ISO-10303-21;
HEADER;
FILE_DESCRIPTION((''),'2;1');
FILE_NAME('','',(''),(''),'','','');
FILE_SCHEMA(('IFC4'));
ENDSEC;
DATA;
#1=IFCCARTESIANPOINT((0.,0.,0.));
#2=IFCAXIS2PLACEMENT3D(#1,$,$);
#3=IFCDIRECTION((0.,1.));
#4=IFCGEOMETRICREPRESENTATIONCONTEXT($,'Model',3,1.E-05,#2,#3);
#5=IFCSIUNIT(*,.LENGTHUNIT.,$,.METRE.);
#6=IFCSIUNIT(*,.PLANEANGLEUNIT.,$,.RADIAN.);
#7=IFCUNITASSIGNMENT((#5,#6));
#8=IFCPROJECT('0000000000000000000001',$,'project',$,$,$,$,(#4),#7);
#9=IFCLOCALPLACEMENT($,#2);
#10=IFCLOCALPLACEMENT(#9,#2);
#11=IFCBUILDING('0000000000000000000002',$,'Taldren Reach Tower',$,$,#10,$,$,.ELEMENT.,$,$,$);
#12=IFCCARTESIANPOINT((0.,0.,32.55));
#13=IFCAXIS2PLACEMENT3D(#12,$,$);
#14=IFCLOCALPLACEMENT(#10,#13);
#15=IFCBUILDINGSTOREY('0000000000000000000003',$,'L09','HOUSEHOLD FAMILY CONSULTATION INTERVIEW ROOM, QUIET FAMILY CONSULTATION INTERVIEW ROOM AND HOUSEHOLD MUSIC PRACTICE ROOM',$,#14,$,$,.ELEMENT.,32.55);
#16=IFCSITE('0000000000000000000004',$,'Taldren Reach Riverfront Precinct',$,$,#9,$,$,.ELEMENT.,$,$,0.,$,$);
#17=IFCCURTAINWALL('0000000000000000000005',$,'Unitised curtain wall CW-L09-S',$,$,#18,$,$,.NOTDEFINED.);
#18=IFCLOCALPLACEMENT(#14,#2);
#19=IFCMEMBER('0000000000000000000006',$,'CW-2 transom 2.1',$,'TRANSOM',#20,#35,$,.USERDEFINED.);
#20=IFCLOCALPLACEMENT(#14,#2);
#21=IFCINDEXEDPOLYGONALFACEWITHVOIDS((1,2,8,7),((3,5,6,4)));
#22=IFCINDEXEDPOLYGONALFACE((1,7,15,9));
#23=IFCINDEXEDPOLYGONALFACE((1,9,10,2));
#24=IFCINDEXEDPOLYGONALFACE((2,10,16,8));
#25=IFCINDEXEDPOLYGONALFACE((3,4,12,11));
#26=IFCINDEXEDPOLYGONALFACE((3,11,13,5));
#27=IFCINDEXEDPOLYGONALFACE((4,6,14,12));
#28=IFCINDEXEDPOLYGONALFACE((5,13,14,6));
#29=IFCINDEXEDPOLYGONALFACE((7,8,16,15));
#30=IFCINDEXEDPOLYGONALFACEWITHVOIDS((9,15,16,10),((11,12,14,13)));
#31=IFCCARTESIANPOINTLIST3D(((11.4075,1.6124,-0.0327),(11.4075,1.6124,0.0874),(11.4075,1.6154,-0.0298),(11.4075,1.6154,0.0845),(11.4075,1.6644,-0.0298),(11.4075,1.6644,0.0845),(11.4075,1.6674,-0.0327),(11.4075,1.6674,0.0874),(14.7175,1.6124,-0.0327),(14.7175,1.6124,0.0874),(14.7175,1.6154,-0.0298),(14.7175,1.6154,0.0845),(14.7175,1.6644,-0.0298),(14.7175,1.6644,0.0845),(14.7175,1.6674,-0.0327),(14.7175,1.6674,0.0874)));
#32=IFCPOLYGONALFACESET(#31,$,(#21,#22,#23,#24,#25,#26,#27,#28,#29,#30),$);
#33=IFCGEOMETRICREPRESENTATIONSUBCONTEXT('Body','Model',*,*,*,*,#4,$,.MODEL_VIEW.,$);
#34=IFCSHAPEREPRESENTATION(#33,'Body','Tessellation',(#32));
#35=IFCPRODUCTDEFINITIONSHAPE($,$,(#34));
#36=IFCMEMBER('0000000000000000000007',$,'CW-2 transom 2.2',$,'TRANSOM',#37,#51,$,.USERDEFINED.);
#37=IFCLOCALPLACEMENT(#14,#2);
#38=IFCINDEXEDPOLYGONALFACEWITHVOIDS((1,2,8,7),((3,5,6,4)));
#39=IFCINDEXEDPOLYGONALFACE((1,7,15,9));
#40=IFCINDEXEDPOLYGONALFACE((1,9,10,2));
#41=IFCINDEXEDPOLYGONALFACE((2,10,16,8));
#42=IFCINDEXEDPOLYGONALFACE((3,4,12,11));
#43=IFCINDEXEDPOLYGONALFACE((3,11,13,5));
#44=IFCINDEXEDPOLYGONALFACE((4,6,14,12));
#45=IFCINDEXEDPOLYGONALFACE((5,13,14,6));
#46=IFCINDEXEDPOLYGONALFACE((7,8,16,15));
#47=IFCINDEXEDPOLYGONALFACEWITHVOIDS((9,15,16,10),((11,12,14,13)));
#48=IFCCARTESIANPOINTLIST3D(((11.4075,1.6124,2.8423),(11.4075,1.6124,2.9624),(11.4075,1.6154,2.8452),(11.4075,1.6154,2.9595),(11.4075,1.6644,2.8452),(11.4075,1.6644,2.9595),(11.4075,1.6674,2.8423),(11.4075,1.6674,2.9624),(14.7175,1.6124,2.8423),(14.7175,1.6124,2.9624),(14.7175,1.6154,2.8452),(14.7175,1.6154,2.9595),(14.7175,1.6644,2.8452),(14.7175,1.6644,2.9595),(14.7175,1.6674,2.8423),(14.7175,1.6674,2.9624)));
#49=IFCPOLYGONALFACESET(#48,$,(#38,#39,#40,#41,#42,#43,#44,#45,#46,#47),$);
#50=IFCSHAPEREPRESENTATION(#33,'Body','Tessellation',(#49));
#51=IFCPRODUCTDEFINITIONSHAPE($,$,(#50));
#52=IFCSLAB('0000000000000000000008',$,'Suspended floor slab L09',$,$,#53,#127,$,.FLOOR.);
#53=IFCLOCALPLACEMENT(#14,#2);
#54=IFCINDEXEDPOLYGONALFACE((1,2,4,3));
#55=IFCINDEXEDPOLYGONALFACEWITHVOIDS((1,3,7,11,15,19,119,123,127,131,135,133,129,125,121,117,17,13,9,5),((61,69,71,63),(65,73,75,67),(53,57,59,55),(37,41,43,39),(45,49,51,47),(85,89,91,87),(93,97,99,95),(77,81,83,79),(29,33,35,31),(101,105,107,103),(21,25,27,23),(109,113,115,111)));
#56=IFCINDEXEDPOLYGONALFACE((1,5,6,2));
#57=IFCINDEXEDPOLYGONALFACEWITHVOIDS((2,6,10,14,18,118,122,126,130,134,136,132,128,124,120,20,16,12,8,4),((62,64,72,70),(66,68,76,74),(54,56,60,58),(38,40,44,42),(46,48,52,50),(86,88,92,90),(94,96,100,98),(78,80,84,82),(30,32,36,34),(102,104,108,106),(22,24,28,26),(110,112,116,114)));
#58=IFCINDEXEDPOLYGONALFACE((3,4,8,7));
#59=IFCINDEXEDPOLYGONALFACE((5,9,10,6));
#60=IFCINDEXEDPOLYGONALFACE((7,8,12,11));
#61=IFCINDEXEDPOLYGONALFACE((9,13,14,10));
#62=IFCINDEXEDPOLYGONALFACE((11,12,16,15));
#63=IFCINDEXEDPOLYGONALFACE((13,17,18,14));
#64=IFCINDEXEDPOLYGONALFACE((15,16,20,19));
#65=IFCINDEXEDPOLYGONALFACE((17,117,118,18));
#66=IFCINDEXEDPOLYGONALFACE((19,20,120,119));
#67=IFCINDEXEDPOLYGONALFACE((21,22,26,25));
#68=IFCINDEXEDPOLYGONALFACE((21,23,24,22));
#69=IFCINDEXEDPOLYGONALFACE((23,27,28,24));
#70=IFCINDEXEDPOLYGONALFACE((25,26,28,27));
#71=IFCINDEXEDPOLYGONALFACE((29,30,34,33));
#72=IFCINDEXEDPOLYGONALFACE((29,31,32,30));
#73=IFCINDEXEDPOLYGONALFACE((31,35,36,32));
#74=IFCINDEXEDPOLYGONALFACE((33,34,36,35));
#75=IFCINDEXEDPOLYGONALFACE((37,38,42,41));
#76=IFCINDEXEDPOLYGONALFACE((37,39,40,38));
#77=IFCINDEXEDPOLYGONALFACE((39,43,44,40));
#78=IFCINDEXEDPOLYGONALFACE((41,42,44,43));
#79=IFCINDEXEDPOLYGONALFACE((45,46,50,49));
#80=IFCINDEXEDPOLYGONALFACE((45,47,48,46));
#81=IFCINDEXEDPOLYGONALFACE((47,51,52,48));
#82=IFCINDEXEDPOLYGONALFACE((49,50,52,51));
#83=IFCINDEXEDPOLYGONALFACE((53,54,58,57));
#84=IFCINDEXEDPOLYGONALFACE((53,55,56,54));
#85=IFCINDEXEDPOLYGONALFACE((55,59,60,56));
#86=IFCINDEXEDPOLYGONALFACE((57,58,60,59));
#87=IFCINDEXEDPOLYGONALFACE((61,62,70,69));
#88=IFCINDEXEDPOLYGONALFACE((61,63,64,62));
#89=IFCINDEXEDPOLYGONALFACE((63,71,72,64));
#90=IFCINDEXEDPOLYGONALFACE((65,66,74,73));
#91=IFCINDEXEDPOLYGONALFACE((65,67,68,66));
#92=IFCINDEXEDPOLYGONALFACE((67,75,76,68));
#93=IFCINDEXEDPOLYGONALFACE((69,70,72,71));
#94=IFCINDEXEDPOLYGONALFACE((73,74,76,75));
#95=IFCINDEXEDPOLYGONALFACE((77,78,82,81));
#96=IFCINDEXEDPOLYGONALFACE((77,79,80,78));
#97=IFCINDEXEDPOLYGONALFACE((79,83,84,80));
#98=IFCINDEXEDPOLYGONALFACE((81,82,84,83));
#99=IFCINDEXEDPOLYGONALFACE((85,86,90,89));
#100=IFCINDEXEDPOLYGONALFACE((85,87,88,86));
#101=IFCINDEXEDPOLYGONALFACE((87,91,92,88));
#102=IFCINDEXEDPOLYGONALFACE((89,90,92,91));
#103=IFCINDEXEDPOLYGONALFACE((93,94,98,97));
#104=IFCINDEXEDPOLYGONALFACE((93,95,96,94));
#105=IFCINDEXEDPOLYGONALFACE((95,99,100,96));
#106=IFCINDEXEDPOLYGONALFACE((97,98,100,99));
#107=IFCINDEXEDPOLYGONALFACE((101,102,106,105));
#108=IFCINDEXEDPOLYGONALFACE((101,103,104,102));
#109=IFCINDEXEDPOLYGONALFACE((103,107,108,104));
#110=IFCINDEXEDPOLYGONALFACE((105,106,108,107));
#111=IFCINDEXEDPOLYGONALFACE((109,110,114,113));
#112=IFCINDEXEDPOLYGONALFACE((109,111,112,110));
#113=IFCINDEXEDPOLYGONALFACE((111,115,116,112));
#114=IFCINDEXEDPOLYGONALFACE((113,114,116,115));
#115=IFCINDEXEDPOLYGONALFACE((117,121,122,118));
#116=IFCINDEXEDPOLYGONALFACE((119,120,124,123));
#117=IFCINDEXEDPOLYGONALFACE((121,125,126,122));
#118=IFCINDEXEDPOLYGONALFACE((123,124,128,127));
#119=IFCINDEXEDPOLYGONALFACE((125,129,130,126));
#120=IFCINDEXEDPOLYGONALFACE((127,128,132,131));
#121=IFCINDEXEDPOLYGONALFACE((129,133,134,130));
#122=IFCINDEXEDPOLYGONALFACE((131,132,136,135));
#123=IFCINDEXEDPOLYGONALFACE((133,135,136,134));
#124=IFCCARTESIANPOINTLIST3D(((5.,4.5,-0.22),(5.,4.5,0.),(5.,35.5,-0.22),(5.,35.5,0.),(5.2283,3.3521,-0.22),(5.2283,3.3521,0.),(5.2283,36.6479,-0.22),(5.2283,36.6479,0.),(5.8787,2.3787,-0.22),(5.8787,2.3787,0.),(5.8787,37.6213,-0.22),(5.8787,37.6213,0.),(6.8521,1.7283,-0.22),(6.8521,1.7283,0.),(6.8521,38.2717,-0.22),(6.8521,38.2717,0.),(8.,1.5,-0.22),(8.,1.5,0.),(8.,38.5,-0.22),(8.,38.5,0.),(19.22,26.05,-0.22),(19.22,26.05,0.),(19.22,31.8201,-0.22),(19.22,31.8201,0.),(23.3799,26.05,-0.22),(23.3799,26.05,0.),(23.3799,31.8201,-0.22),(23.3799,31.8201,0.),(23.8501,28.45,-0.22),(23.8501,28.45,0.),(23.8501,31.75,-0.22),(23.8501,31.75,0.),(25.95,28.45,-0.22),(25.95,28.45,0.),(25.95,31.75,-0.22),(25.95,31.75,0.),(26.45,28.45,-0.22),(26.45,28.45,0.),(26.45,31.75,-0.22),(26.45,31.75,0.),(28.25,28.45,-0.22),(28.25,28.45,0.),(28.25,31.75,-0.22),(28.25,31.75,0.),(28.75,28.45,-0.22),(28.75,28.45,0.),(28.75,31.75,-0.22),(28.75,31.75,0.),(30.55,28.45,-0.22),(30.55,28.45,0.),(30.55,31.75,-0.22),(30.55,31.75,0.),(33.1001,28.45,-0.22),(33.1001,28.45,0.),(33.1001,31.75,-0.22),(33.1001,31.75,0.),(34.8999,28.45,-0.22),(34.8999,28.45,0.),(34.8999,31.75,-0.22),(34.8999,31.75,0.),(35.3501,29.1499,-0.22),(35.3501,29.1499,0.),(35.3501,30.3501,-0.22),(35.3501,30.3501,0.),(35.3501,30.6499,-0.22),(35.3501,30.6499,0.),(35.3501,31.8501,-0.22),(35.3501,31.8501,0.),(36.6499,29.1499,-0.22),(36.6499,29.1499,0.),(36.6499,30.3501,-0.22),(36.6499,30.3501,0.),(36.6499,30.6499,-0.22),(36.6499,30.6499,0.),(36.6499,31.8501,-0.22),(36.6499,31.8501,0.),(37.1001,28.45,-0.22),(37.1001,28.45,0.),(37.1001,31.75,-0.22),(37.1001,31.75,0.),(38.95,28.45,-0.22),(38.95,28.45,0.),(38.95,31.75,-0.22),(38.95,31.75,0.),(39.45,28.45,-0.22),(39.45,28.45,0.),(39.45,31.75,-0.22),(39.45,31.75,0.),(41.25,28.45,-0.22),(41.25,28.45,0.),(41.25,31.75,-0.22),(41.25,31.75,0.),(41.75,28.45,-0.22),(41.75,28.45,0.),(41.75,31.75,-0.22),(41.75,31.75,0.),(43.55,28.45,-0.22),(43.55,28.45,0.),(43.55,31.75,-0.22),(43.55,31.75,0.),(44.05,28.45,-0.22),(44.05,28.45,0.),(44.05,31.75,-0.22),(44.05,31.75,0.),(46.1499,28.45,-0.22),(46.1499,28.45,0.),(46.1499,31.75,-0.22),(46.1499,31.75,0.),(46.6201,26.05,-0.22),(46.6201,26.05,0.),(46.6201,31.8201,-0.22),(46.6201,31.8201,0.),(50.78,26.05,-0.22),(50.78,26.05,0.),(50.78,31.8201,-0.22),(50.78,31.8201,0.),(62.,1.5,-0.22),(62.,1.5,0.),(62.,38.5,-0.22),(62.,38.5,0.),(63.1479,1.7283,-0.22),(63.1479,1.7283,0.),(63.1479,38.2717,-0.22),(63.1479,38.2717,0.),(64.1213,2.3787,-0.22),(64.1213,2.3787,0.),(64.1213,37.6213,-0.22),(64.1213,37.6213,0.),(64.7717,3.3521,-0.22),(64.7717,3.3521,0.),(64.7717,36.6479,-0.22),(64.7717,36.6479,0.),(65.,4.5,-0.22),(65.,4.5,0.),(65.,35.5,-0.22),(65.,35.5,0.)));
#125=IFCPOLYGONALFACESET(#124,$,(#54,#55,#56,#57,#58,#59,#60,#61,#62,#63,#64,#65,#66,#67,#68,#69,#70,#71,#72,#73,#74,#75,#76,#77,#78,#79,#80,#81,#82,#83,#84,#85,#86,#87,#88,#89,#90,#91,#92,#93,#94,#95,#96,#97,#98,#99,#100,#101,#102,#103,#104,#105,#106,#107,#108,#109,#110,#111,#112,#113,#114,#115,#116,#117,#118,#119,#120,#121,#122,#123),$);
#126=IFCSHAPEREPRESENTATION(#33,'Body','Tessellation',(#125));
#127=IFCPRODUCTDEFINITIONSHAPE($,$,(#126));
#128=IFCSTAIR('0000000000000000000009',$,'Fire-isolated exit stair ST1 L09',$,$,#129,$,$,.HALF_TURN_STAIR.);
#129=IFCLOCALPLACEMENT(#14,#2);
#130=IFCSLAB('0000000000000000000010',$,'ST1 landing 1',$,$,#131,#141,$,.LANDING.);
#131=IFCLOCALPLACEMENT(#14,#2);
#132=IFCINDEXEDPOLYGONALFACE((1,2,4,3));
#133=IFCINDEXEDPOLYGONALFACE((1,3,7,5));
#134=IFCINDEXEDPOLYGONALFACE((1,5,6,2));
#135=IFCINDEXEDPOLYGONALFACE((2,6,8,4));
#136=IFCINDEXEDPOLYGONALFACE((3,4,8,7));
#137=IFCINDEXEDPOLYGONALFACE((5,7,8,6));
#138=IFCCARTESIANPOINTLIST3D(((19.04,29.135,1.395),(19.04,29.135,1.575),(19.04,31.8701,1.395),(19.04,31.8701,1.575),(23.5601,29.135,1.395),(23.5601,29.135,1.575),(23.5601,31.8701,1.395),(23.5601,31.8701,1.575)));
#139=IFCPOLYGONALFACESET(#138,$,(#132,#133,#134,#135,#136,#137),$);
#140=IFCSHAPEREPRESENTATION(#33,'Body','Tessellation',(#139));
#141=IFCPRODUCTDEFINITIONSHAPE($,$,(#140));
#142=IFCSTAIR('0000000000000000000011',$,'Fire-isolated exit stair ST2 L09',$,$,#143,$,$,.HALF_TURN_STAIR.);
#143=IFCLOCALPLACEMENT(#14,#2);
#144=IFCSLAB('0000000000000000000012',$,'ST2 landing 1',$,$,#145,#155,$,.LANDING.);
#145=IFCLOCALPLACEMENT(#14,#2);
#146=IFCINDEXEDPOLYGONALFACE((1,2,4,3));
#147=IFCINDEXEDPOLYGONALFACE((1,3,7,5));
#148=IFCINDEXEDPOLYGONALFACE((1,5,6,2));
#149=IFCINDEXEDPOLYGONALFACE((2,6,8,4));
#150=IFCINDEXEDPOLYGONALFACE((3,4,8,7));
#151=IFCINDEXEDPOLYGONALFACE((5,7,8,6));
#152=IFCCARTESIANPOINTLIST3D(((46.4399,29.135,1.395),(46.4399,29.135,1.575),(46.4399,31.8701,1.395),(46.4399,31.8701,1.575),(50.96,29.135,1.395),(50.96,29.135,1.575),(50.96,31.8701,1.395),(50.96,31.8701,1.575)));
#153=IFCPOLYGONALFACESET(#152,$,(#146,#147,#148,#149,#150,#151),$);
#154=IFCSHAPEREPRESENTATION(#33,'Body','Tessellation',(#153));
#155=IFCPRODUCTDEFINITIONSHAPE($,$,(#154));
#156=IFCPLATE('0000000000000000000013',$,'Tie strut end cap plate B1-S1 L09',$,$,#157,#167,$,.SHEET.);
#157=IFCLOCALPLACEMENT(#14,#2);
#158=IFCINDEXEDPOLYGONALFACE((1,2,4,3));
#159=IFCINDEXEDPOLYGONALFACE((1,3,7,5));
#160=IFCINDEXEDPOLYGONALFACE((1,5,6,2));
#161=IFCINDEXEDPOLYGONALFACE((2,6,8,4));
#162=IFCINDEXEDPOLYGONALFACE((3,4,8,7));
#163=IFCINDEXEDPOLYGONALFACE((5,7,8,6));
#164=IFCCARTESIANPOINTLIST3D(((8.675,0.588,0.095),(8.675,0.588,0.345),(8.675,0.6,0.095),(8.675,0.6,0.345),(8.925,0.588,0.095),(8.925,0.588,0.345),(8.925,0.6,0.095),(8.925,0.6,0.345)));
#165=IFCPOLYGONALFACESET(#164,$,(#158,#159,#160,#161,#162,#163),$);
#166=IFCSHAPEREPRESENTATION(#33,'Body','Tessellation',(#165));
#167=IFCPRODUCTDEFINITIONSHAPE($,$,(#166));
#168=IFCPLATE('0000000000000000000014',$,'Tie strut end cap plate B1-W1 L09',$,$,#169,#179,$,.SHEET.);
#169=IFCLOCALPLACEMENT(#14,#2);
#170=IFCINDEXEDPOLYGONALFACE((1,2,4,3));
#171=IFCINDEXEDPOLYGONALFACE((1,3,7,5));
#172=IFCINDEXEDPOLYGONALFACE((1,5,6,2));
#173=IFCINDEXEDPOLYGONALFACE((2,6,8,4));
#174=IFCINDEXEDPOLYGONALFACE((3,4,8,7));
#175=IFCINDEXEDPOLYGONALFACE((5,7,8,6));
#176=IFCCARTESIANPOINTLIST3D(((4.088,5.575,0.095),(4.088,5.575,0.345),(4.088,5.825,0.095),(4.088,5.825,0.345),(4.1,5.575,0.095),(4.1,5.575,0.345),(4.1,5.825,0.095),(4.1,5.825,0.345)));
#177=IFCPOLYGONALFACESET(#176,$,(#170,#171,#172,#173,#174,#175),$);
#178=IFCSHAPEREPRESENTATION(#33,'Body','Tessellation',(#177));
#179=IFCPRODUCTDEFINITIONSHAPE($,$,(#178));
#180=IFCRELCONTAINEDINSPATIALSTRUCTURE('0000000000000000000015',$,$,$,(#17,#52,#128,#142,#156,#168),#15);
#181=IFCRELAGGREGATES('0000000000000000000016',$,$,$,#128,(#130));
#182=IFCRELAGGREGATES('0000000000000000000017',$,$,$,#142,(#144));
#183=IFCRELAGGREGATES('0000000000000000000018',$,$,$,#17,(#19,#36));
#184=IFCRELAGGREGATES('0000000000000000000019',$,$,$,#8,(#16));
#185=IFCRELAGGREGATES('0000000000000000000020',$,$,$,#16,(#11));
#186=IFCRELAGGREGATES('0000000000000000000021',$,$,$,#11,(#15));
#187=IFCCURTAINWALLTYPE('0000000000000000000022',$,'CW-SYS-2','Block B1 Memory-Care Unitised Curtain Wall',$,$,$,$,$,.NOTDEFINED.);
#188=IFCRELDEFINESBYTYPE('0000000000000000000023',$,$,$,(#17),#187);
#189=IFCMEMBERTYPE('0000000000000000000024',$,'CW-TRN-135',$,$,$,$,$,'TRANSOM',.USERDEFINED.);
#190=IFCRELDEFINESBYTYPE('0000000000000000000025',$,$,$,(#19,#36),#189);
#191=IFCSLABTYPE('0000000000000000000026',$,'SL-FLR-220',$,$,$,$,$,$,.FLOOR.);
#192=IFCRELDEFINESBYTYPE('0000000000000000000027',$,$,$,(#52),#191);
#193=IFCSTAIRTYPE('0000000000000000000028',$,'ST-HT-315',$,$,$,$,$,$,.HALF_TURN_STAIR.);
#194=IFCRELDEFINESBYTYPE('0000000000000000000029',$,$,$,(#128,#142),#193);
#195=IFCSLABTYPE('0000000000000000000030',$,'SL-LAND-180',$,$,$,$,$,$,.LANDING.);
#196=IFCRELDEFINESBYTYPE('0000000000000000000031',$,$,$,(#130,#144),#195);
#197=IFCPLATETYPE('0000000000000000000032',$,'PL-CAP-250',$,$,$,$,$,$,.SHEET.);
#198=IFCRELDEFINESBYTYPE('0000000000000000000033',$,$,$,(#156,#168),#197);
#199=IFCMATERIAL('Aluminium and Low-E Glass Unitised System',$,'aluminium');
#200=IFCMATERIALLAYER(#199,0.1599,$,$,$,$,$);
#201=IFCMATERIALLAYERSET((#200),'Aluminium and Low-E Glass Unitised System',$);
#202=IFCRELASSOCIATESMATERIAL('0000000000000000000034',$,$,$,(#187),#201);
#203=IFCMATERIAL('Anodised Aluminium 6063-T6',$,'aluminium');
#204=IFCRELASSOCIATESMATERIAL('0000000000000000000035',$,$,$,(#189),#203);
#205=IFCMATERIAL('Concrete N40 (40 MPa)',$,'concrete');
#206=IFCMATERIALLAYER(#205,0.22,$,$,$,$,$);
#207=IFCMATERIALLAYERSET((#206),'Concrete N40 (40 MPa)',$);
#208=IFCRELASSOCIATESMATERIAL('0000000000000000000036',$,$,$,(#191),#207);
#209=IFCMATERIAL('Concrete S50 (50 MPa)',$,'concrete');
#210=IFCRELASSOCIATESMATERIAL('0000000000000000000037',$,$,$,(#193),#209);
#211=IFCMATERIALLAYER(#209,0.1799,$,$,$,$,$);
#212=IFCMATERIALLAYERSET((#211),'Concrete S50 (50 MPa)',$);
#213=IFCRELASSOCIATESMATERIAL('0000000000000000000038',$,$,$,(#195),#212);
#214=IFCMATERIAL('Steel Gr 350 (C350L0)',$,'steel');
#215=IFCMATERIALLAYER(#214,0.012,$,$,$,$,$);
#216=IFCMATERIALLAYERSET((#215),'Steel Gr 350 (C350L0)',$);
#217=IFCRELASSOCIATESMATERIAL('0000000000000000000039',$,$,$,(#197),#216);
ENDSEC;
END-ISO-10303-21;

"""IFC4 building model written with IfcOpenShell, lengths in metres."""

from ifc_helpers import new_model, si_unit, direction, frame, origin, origin_2d, place, context, subcontext, project, spatial, polyline, rectangle, hollow_rectangle, outline, extrude, source, transform, mapped, material, layer, layer_set, material_profile, profile_set, type_object, element, aggregate, save


model = new_model("IFC4")

# Units and contexts
model_context = context("Model", 3, precision=1e-05, world=origin(), true_north=direction((0.0, 1.0)))
body_context = subcontext(model_context, "Body", "Model", "MODEL_VIEW")
ifc_project = project(units=[si_unit("LENGTHUNIT", "METRE"), si_unit("PLANEANGLEUNIT", "RADIAN")], contexts=[model_context])

# Site, building, storey
site_placement = place(None, origin())
site = spatial("IfcSite", under=ifc_project, at=site_placement, Name="Taldren Reach Riverfront Precinct", CompositionType="ELEMENT", RefElevation=0.0)
building_placement = place(site_placement, origin())
building = spatial("IfcBuilding", under=site, at=building_placement, Name="Taldren Reach Tower", CompositionType="ELEMENT")
storey_placement = place(building_placement, frame((0.0, 0.0, 32.55)))
storey = spatial("IfcBuildingStorey", under=building, at=storey_placement, Name="L09", Description="HOUSEHOLD FAMILY CONSULTATION INTERVIEW ROOM, QUIET FAMILY CONSULTATION INTERVIEW ROOM AND HOUSEHOLD MUSIC PRACTICE ROOM", CompositionType="ELEMENT", Elevation=32.55)

# Shared definitions
ifc_material_1 = material(Name="Steel Gr 350 (C350L0)", Category="steel")

# Curtain wall
ifc_material_2 = material(Name="Aluminium and Low-E Glass Unitised System", Category="aluminium")
ifc_layer_1 = layer(ifc_material_2, 0.1599)
ifc_layer_set_1 = layer_set([ifc_layer_1], Name="Aluminium and Low-E Glass Unitised System")
curtain_wall_type = type_object("IfcCurtainWallType", Name="CW-SYS-2", Description="Block B1 Memory-Care Unitised Curtain Wall", PredefinedType="NOTDEFINED", material=ifc_layer_set_1)
curtain_wall_1_placement = place(storey_placement, origin())
curtain_wall_1 = element("IfcCurtainWall", 1, at=curtain_wall_1_placement, inside=storey, type_object=curtain_wall_type, Name="Unitised curtain wall CW-L09-S", PredefinedType="NOTDEFINED")
ifc_material_3 = material(Name="Anodised Aluminium 6063-T6", Category="aluminium")

# Members
ifc_material_profile_1 = material_profile(ifc_material_3, hollow_rectangle(XDim=0.0549, YDim=0.1201, WallThickness=0.0029, at=origin_2d()), Name="ALU-120x55x3RHS")
ifc_profile_set_1 = profile_set([ifc_material_profile_1], Name="Anodised Aluminium 6063-T6")
member_type_1 = type_object("IfcMemberType", Name="CW-TRN-135", ElementType="TRANSOM", PredefinedType="USERDEFINED", material=ifc_profile_set_1)
shared_shape_1 = source(origin(), body_context, "Body", "SweptSolid", [
    extrude(hollow_rectangle(XDim=0.0549, YDim=0.1201, WallThickness=0.0029, at=origin_2d()), origin(), (0.0, 0.0, 1.0), 3.3101),
])
member_1_placement = place(storey_placement, frame((11.4075, 1.6399, 0.0273), z_axis=(1.0, 0.0, 0.0), x_axis=(0.0, 1.0, 0.0)))
member_1 = element("IfcMember", 2, at=member_1_placement, type_object=member_type_1, Name="CW-2 transom 2.1", ObjectType="TRANSOM", PredefinedType="USERDEFINED", context=body_context, shape_type="MappedRepresentation", body=[
    mapped(shared_shape_1, transform((0.0, 0.0, 0.0), scale=1.0)),
])
member_2_placement = place(storey_placement, frame((11.4075, 1.6399, 2.9023), z_axis=(1.0, 0.0, 0.0), x_axis=(0.0, 1.0, 0.0)))
member_2 = element("IfcMember", 3, at=member_2_placement, type_object=member_type_1, Name="CW-2 transom 2.2", ObjectType="TRANSOM", PredefinedType="USERDEFINED", context=body_context, shape_type="MappedRepresentation", body=[
    mapped(shared_shape_1, transform((0.0, 0.0, 0.0), scale=1.0)),
])

# Slab
ifc_material_4 = material(Name="Concrete N40 (40 MPa)", Category="concrete")
ifc_layer_2 = layer(ifc_material_4, 0.22)
ifc_layer_set_2 = layer_set([ifc_layer_2], Name="Concrete N40 (40 MPa)")
slab_type_1 = type_object("IfcSlabType", Name="SL-FLR-220", PredefinedType="FLOOR", material=ifc_layer_set_2)
slab_1_placement = place(storey_placement, frame((0.0, 0.0, -0.22)))
element("IfcSlab", 4, at=slab_1_placement, inside=storey, type_object=slab_type_1, Name="Suspended floor slab L09", PredefinedType="FLOOR", context=body_context, shape_type="SweptSolid", body=[
    extrude(outline(polyline([(62.0, 1.5), (63.1479, 1.7283), (64.1213, 2.3787), (64.7717, 3.3521), (65.0, 4.5), (65.0, 35.5), (64.7717, 36.6479), (64.1213, 37.6213), (63.1479, 38.2717), (62.0, 38.5), (8.0, 38.5), (6.8521, 38.2717), (5.8787, 37.6213), (5.2283, 36.6479), (5.0, 35.5), (5.0, 4.5), (5.2283, 3.3521), (5.8787, 2.3787), (6.8521, 1.7283), (8.0, 1.5), (62.0, 1.5)]), holes=[polyline([(19.22, 26.05), (23.3799, 26.05), (23.3799, 31.8201), (19.22, 31.8201), (19.22, 26.05)]), polyline([(46.6201, 26.05), (50.78, 26.05), (50.78, 31.8201), (46.6201, 31.8201), (46.6201, 26.05)]), polyline([(23.8501, 28.45), (25.95, 28.45), (25.95, 31.75), (23.8501, 31.75), (23.8501, 28.45)]), polyline([(44.05, 28.45), (46.1499, 28.45), (46.1499, 31.75), (44.05, 31.75), (44.05, 28.45)]), polyline([(26.45, 28.45), (28.25, 28.45), (28.25, 31.75), (26.45, 31.75), (26.45, 28.45)]), polyline([(28.75, 28.45), (30.55, 28.45), (30.55, 31.75), (28.75, 31.75), (28.75, 28.45)]), polyline([(33.1001, 28.45), (34.8999, 28.45), (34.8999, 31.75), (33.1001, 31.75), (33.1001, 28.45)]), polyline([(37.1001, 28.45), (38.95, 28.45), (38.95, 31.75), (37.1001, 31.75), (37.1001, 28.45)]), polyline([(39.45, 28.45), (41.25, 28.45), (41.25, 31.75), (39.45, 31.75), (39.45, 28.45)]), polyline([(41.75, 28.45), (43.55, 28.45), (43.55, 31.75), (41.75, 31.75), (41.75, 28.45)]), polyline([(35.3501, 30.6499), (36.6499, 30.6499), (36.6499, 31.8501), (35.3501, 31.8501), (35.3501, 30.6499)]), polyline([(35.3501, 29.1499), (36.6499, 29.1499), (36.6499, 30.3501), (35.3501, 30.3501), (35.3501, 29.1499)])]), origin(), (0.0, 0.0, 1.0), 0.22),
])

# Stairs, slabs
ifc_material_5 = material(Name="Concrete S50 (50 MPa)", Category="concrete")
stair_type = type_object("IfcStairType", Name="ST-HT-315", PredefinedType="HALF_TURN_STAIR", material=ifc_material_5)
stair_1_placement = place(storey_placement, origin())
stair_1 = element("IfcStair", 5, at=stair_1_placement, inside=storey, type_object=stair_type, Name="Fire-isolated exit stair ST1 L09", PredefinedType="HALF_TURN_STAIR")
ifc_layer_3 = layer(ifc_material_5, 0.1799)
ifc_layer_set_3 = layer_set([ifc_layer_3], Name="Concrete S50 (50 MPa)")
slab_type_2 = type_object("IfcSlabType", Name="SL-LAND-180", PredefinedType="LANDING", material=ifc_layer_set_3)
slab_2_placement = place(storey_placement, frame((0.0, 0.0, 1.395)))
slab_2 = element("IfcSlab", 6, at=slab_2_placement, type_object=slab_type_2, Name="ST1 landing 1", PredefinedType="LANDING", context=body_context, shape_type="SweptSolid", body=[
    extrude(outline(polyline([(19.04, 29.135), (23.5601, 29.135), (23.5601, 31.8701), (19.04, 31.8701), (19.04, 29.135)])), origin(), (0.0, 0.0, 1.0), 0.1799),
])
aggregate(stair_1, [slab_2])
stair_2_placement = place(storey_placement, origin())
stair_2 = element("IfcStair", 7, at=stair_2_placement, inside=storey, type_object=stair_type, Name="Fire-isolated exit stair ST2 L09", PredefinedType="HALF_TURN_STAIR")
slab_3_placement = place(storey_placement, frame((0.0, 0.0, 1.395)))
slab_3 = element("IfcSlab", 8, at=slab_3_placement, type_object=slab_type_2, Name="ST2 landing 1", PredefinedType="LANDING", context=body_context, shape_type="SweptSolid", body=[
    extrude(outline(polyline([(46.4399, 29.135), (50.96, 29.135), (50.96, 31.8701), (46.4399, 31.8701), (46.4399, 29.135)])), origin(), (0.0, 0.0, 1.0), 0.1799),
])
aggregate(stair_2, [slab_3])

# Plates
ifc_layer_4 = layer(ifc_material_1, 0.012)
ifc_layer_set_4 = layer_set([ifc_layer_4], Name="Steel Gr 350 (C350L0)")
plate_type_1 = type_object("IfcPlateType", Name="PL-CAP-250", PredefinedType="SHEET", material=ifc_layer_set_4)
shared_shape_2 = source(origin(), body_context, "Body", "SweptSolid", [
    extrude(rectangle(XDim=0.25, YDim=0.012, at=origin_2d()), origin(), (0.0, 0.0, 1.0), 0.25),
])
plate_1_placement = place(storey_placement, frame((8.8, 0.594, 0.095), z_axis=(0.0, 0.0, 1.0), x_axis=(1.0, 0.0, 0.0)))
element("IfcPlate", 9, at=plate_1_placement, inside=storey, type_object=plate_type_1, Name="Tie strut end cap plate B1-S1 L09", PredefinedType="SHEET", context=body_context, shape_type="MappedRepresentation", body=[
    mapped(shared_shape_2, transform((0.0, 0.0, 0.0), scale=1.0)),
])
shared_shape_3 = source(origin(), body_context, "Body", "SweptSolid", [
    extrude(rectangle(XDim=0.012, YDim=0.25, at=origin_2d()), origin(), (0.0, 0.0, 1.0), 0.25),
])
plate_2_placement = place(storey_placement, frame((4.094, 5.7, 0.095), z_axis=(0.0, 0.0, 1.0), x_axis=(1.0, 0.0, 0.0)))
element("IfcPlate", 10, at=plate_2_placement, inside=storey, type_object=plate_type_1, Name="Tie strut end cap plate B1-W1 L09", PredefinedType="SHEET", context=body_context, shape_type="MappedRepresentation", body=[
    mapped(shared_shape_3, transform((0.0, 0.0, 0.0), scale=1.0)),
])

aggregate(curtain_wall_1, [member_1, member_2])

save(model, "model.ifc")
